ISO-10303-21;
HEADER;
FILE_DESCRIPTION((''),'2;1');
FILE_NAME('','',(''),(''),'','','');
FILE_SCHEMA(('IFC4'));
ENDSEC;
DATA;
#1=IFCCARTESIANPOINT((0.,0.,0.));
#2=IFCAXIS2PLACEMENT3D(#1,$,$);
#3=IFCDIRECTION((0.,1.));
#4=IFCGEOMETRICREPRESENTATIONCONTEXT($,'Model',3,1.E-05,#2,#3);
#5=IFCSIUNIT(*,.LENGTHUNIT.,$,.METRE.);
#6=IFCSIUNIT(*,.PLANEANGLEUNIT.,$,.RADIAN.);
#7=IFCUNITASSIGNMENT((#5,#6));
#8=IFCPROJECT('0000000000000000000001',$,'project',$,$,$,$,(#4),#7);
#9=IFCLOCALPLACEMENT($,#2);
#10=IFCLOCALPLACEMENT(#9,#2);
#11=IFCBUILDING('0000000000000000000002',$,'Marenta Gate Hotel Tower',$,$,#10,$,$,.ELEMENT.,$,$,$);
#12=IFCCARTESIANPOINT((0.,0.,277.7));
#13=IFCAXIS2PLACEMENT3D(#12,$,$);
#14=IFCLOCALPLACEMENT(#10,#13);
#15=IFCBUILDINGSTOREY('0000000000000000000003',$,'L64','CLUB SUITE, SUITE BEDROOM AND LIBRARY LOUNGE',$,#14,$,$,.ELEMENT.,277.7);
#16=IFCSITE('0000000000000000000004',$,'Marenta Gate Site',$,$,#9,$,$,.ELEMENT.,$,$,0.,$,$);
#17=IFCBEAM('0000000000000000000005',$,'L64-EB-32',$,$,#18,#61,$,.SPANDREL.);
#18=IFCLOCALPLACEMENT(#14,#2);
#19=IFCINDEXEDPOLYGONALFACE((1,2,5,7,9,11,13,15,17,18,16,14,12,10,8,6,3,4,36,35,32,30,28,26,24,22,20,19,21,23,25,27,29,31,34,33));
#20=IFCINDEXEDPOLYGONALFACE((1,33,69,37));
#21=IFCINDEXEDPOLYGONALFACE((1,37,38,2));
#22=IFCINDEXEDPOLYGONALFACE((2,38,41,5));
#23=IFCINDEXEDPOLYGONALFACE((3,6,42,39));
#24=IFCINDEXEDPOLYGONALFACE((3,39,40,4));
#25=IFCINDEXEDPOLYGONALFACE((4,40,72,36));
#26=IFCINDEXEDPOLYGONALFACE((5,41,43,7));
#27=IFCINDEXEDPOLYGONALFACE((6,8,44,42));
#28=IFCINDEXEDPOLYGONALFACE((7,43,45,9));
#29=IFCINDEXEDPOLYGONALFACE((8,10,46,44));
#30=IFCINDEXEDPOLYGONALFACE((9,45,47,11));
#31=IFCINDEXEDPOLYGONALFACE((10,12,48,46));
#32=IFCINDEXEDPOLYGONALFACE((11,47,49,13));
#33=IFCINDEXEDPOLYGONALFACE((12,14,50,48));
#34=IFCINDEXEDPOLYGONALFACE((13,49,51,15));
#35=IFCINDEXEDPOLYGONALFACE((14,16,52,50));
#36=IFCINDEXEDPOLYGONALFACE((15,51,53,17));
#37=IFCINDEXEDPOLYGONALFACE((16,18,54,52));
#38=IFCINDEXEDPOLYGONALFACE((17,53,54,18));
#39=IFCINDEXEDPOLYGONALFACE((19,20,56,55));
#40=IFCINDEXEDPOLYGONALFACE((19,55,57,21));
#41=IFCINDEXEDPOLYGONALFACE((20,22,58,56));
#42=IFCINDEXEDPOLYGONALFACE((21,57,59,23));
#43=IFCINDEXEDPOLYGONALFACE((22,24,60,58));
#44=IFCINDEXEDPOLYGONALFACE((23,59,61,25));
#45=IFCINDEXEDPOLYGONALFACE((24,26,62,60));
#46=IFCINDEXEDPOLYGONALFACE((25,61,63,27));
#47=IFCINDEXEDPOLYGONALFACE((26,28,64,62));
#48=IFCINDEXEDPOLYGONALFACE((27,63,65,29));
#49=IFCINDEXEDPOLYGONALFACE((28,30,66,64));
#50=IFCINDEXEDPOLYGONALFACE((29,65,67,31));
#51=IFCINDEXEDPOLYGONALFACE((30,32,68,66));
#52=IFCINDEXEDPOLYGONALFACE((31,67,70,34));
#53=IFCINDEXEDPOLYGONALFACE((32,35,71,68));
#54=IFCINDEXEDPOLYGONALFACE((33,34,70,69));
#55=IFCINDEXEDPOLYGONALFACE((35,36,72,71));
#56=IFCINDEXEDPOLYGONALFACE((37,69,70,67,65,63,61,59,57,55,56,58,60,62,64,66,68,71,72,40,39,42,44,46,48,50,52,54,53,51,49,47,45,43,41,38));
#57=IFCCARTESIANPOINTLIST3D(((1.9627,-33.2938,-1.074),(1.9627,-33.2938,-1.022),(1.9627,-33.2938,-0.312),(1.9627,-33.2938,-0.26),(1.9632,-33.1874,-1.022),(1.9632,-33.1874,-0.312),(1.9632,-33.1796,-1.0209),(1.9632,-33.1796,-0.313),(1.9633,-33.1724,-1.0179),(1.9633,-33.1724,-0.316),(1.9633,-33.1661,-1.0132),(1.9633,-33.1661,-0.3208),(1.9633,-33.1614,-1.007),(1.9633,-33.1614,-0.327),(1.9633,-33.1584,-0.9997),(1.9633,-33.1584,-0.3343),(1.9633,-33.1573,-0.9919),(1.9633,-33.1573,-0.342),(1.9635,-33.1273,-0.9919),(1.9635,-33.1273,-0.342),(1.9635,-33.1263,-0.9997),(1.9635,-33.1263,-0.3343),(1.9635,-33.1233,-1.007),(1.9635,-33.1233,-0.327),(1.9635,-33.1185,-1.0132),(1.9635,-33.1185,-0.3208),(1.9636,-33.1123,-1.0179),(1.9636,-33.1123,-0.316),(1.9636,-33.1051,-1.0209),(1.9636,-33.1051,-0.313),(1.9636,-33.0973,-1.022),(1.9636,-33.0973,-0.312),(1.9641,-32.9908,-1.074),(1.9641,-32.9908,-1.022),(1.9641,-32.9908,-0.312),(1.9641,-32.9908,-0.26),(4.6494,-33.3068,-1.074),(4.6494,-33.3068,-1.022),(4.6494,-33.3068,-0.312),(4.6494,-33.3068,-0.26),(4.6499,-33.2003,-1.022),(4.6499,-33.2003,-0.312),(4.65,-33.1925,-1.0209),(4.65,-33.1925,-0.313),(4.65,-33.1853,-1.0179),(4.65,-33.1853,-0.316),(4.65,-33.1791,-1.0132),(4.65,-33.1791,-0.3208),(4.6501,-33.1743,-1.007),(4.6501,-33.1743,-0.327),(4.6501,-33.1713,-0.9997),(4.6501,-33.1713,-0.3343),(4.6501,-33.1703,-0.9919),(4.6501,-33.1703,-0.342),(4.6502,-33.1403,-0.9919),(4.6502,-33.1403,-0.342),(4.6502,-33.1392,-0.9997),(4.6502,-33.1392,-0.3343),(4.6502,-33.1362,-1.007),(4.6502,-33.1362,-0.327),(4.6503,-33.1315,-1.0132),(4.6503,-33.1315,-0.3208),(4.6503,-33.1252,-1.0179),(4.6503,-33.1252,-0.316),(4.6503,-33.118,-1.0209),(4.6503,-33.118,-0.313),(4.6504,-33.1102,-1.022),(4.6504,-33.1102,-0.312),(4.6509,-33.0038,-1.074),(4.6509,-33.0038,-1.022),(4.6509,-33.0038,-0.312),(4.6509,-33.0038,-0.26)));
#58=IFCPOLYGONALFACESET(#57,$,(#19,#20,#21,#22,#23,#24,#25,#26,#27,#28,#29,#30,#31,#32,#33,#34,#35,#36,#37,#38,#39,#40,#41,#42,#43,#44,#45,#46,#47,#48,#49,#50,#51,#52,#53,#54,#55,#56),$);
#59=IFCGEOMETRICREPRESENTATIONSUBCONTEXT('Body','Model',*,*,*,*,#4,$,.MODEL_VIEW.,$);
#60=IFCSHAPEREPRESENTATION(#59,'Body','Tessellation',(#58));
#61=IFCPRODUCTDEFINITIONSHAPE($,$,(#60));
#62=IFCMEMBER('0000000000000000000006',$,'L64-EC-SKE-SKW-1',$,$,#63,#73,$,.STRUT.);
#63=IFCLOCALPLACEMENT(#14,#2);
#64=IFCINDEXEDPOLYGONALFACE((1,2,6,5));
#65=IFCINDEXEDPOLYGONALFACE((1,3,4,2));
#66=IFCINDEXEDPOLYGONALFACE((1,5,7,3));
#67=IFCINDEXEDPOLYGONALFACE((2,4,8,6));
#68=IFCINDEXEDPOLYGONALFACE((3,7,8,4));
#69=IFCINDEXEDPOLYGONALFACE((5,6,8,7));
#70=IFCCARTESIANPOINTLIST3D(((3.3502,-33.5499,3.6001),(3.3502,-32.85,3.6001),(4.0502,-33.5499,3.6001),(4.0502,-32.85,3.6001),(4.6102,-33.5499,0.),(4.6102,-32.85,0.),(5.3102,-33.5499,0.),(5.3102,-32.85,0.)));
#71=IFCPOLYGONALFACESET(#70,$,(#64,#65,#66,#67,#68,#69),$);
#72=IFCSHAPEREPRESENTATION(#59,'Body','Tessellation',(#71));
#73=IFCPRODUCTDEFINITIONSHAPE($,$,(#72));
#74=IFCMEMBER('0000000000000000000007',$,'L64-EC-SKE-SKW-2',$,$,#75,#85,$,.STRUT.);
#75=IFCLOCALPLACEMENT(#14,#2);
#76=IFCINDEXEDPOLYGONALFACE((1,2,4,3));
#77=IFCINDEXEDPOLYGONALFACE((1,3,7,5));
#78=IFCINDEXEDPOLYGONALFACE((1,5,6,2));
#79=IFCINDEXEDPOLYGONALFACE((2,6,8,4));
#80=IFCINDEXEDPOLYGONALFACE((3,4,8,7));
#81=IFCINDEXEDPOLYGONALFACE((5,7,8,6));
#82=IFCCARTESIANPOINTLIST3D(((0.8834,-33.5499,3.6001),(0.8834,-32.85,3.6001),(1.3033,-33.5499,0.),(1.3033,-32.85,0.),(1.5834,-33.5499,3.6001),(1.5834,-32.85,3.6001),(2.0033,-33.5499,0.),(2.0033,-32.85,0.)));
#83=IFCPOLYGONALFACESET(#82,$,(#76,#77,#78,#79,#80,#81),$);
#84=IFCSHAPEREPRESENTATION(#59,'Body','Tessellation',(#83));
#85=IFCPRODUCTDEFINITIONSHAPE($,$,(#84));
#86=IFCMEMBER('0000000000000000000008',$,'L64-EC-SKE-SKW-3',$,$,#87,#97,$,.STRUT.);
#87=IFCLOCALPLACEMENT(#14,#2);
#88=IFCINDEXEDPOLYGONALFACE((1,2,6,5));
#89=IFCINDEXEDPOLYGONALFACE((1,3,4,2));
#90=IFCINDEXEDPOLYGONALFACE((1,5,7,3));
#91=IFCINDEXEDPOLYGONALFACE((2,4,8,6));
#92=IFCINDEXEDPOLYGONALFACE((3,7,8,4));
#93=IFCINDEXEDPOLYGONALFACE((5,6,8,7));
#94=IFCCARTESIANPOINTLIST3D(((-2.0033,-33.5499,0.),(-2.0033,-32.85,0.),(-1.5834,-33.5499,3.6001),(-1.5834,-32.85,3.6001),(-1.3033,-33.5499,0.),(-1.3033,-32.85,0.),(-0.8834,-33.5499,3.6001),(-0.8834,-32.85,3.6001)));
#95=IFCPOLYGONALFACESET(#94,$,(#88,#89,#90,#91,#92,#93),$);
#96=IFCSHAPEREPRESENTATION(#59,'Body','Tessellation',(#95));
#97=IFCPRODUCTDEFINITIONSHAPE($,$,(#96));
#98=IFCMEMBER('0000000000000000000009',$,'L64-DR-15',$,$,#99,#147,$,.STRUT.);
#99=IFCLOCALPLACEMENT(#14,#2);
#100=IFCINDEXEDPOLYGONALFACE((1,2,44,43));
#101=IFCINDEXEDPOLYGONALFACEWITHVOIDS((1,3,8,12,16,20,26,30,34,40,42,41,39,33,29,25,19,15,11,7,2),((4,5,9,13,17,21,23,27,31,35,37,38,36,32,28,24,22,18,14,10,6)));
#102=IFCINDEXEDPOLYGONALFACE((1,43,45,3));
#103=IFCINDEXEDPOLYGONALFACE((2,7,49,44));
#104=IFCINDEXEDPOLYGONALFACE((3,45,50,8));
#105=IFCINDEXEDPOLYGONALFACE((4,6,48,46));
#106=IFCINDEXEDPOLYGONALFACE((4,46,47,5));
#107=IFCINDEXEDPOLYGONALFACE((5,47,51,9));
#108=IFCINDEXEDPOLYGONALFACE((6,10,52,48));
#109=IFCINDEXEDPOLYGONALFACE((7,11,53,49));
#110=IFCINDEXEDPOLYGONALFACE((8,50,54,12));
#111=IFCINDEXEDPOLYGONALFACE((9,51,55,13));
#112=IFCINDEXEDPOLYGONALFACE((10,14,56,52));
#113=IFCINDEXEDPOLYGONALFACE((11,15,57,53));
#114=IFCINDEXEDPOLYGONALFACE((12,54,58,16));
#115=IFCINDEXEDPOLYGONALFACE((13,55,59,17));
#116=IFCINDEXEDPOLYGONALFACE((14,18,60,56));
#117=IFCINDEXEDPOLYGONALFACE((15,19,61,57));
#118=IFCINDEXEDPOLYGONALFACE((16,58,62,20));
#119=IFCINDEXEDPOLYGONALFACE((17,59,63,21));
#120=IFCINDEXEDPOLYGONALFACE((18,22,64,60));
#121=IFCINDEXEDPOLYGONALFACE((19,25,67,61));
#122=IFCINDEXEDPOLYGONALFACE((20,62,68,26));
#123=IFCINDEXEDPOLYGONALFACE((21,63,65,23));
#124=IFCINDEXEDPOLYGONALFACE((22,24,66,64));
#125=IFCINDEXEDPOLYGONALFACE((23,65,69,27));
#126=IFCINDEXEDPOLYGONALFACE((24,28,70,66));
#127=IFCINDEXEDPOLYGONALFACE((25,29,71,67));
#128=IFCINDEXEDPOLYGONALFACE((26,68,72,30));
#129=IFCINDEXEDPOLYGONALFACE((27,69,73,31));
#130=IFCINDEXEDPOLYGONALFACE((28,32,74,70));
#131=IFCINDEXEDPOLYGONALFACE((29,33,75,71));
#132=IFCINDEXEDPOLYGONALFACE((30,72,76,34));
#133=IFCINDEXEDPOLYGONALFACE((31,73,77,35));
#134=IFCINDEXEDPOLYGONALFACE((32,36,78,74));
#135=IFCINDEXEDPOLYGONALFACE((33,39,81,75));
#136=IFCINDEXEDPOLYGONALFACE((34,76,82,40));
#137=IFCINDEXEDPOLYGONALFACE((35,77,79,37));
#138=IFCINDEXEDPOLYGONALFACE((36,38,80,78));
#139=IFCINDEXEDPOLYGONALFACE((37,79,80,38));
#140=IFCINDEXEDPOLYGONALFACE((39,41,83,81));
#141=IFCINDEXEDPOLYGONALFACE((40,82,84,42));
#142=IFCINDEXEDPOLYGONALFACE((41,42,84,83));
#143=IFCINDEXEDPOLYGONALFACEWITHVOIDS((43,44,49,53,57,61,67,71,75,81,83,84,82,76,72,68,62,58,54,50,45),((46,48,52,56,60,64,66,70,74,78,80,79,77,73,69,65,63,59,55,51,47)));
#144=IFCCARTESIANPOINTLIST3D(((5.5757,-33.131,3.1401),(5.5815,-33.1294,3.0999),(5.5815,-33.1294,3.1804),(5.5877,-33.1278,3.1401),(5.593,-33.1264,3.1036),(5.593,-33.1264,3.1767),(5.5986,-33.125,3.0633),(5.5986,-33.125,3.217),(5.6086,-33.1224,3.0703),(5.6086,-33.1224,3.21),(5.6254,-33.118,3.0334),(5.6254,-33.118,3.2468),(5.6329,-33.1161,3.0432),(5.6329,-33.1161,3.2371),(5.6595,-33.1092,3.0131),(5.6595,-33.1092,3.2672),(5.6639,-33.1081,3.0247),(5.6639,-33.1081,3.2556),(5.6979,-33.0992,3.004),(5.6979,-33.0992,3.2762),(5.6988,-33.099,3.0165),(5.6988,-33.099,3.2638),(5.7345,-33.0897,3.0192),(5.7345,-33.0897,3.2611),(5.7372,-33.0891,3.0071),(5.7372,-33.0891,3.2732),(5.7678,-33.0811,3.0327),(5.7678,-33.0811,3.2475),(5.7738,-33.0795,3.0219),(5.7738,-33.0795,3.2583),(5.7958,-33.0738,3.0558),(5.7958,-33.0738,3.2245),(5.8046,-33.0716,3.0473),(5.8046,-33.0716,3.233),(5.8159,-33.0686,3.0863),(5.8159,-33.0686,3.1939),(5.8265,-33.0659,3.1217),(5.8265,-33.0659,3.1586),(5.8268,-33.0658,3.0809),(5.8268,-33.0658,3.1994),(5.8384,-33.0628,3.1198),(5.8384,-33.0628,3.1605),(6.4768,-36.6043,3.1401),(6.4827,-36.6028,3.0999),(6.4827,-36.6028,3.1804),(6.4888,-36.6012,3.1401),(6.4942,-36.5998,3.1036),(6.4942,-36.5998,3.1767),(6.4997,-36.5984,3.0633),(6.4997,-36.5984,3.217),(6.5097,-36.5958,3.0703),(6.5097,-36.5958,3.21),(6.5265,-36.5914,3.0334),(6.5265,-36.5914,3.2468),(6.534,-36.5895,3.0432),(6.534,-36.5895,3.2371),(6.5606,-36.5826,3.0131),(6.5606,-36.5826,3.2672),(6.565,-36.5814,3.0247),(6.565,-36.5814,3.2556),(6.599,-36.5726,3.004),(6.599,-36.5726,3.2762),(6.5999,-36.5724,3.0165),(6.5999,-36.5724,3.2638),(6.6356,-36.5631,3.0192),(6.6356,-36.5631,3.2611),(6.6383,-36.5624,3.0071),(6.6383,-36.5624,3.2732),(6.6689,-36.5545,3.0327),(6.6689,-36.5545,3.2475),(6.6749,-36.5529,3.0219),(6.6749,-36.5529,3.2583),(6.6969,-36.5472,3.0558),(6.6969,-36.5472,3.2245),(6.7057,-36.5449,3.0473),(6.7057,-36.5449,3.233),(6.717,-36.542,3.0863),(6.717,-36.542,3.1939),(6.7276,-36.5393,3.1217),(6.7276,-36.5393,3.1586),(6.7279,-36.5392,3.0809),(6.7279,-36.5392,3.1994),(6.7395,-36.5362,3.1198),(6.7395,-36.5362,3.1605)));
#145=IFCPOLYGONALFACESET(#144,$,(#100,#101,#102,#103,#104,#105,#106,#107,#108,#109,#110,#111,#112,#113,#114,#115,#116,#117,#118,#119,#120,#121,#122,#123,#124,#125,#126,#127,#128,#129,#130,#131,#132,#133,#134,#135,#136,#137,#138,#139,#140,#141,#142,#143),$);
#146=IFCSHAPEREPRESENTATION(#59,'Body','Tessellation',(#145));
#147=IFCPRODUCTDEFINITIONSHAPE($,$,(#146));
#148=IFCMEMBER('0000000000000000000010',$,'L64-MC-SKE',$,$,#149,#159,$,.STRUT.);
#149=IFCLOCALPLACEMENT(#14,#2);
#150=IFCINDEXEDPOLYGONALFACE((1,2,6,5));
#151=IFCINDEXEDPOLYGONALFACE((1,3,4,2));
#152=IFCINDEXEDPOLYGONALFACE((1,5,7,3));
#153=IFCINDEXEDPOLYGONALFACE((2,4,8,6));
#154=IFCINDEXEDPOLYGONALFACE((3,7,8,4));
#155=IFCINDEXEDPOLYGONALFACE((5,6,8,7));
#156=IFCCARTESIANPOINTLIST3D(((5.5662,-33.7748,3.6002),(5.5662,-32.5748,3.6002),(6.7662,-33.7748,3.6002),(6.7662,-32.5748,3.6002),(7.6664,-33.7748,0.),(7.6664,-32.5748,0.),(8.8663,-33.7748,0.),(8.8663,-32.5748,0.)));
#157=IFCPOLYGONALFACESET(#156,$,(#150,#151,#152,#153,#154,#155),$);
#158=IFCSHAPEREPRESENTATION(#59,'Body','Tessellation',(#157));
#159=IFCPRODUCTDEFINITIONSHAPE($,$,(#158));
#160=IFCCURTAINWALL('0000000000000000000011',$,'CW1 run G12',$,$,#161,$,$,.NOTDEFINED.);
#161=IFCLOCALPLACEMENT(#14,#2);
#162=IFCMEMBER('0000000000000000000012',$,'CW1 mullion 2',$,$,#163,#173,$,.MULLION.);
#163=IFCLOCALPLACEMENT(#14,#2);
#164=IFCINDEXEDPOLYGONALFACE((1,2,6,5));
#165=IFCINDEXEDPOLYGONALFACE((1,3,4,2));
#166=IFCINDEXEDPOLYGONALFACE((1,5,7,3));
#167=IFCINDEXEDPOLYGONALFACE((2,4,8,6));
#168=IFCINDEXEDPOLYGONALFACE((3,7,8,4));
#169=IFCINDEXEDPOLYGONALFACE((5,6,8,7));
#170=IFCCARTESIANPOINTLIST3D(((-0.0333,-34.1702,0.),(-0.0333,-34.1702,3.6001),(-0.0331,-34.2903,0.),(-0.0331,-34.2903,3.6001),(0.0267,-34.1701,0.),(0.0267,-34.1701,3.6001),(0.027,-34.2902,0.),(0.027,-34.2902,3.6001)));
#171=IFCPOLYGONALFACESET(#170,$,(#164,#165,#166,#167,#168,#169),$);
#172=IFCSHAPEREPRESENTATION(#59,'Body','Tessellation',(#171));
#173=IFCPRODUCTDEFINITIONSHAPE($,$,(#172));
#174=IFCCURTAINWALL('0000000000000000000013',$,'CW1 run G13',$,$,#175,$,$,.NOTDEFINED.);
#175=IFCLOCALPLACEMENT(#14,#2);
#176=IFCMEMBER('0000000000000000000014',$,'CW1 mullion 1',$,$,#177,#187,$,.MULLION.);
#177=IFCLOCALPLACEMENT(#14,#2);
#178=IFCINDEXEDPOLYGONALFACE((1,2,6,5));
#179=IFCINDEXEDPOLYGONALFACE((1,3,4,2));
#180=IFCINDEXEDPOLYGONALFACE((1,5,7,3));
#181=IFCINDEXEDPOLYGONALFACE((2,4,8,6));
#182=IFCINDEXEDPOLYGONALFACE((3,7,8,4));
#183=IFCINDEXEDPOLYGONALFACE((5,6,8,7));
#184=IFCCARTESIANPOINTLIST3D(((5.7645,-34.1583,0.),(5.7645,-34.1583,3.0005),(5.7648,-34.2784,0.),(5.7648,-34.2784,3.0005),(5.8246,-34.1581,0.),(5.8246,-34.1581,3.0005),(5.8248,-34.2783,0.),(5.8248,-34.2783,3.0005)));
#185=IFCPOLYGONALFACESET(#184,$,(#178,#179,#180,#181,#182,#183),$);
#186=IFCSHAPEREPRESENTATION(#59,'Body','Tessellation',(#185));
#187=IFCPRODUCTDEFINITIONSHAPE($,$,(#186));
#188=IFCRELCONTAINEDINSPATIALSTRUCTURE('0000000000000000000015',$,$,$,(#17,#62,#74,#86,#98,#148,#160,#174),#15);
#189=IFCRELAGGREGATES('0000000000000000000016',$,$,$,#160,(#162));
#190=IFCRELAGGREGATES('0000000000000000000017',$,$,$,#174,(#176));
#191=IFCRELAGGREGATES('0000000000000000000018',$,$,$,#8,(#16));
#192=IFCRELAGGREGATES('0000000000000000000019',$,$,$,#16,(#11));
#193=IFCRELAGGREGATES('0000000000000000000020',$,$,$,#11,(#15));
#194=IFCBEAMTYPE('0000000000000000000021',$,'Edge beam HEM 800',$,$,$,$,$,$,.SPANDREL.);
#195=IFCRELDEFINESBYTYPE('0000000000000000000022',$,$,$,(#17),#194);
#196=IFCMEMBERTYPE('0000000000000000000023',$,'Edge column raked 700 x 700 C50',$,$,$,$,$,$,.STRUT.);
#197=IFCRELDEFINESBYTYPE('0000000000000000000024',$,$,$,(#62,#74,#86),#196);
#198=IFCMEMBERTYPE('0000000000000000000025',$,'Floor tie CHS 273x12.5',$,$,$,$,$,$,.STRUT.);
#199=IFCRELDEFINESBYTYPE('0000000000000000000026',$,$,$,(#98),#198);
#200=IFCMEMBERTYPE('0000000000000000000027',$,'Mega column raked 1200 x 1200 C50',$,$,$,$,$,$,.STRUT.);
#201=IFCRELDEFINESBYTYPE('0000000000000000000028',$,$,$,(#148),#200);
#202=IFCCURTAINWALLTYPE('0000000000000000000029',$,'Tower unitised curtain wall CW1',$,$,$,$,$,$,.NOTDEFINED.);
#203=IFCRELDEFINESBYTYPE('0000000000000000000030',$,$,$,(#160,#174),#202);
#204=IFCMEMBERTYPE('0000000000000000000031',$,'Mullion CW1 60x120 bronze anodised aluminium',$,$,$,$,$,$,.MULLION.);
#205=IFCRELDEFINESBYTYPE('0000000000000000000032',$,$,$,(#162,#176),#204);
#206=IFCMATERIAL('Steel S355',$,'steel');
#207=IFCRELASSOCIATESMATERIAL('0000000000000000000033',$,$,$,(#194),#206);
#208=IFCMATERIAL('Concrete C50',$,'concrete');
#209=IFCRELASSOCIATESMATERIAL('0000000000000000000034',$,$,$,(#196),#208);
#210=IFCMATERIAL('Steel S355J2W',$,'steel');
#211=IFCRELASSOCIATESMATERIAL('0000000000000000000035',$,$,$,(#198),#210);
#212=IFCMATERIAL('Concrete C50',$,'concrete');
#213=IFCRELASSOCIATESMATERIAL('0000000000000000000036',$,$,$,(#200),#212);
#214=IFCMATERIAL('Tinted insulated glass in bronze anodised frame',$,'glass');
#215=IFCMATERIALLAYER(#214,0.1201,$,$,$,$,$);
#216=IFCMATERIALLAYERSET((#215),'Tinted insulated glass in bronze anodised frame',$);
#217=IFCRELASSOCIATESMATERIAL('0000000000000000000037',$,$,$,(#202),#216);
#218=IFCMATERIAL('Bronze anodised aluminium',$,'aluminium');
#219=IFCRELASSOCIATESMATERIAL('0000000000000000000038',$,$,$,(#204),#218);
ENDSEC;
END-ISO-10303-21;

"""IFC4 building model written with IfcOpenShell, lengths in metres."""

from ifc_helpers import new_model, si_unit, direction, frame, origin, origin_2d, place, context, subcontext, project, spatial, rectangle, hollow_circle, i_section, extrude, material, layer, layer_set, material_profile, profile_set, type_object, element, aggregate, save


model = new_model("IFC4")

# Units and contexts
model_context = context("Model", 3, precision=1e-05, world=origin(), true_north=direction((0.0, 1.0)))
body_context = subcontext(model_context, "Body", "Model", "MODEL_VIEW")
ifc_project = project(units=[si_unit("LENGTHUNIT", "METRE"), si_unit("PLANEANGLEUNIT", "RADIAN")], contexts=[model_context])

# Site, building, storey
site_placement = place(None, origin())
site = spatial("IfcSite", under=ifc_project, at=site_placement, Name="Marenta Gate Site", CompositionType="ELEMENT", RefElevation=0.0)
building_placement = place(site_placement, origin())
building = spatial("IfcBuilding", under=site, at=building_placement, Name="Marenta Gate Hotel Tower", CompositionType="ELEMENT")
storey_placement = place(building_placement, frame((0.0, 0.0, 277.7)))
storey = spatial("IfcBuildingStorey", under=building, at=storey_placement, Name="L64", Description="CLUB SUITE, SUITE BEDROOM AND LIBRARY LOUNGE", CompositionType="ELEMENT", Elevation=277.7)

# Beam
ifc_material_1 = material(Name="Steel S355", Category="steel")
ifc_material_profile_1 = material_profile(ifc_material_1, i_section(OverallWidth=0.303, OverallDepth=0.814, WebThickness=0.03, FlangeThickness=0.052, FilletRadius=0.03, at=origin_2d()), Name="HEM 800")
ifc_profile_set_1 = profile_set([ifc_material_profile_1], Name="Steel S355")
beam_type = type_object("IfcBeamType", Name="Edge beam HEM 800", PredefinedType="SPANDREL", material=ifc_profile_set_1)
beam_1_placement = place(storey_placement, frame((4.6501, -33.1553, -0.667), z_axis=(-0.999988, 0.004816, 0.0), x_axis=(-0.004816, -0.999988, 0.0)))
element("IfcBeam", 1, at=beam_1_placement, inside=storey, type_object=beam_type, Name="L64-EB-32", PredefinedType="SPANDREL", context=body_context, shape_type="SweptSolid", body=[
    extrude(i_section(OverallWidth=0.303, OverallDepth=0.814, WebThickness=0.03, FlangeThickness=0.052, FilletRadius=0.03, at=origin_2d()), origin(), (0.0, 0.0, 1.0), 2.6868),
])

# Members
ifc_material_2 = material(Name="Concrete C50", Category="concrete")
ifc_material_profile_2 = material_profile(ifc_material_2, rectangle(XDim=0.7, YDim=0.7, at=origin_2d()), Name="700 x 700")
ifc_profile_set_2 = profile_set([ifc_material_profile_2], Name="Concrete C50")
member_type_1 = type_object("IfcMemberType", Name="Edge column raked 700 x 700 C50", PredefinedType="STRUT", material=ifc_profile_set_2)
member_1_placement = place(storey_placement, frame((4.9602, -33.2, 0.0), z_axis=(0.0, 0.0, 1.0), x_axis=(1.0, 0.0, 0.0)))
element("IfcMember", 2, at=member_1_placement, inside=storey, type_object=member_type_1, Name="L64-EC-SKE-SKW-1", PredefinedType="STRUT", context=body_context, shape_type="SweptSolid", body=[
    extrude(rectangle(XDim=0.7, YDim=0.7, at=origin_2d()), origin(), (-0.330345, 0.0, 0.94386), 3.8142),
])
member_2_placement = place(storey_placement, frame((1.6533, -33.2, 0.0), z_axis=(0.0, 0.0, 1.0), x_axis=(1.0, 0.0, 0.0)))
element("IfcMember", 3, at=member_2_placement, inside=storey, type_object=member_type_1, Name="L64-EC-SKE-SKW-2", PredefinedType="STRUT", context=body_context, shape_type="SweptSolid", body=[
    extrude(rectangle(XDim=0.7, YDim=0.7, at=origin_2d()), origin(), (-0.115856, 0.0, 0.993266), 3.6245),
])
member_3_placement = place(storey_placement, frame((-1.6533, -33.2, 0.0), z_axis=(0.0, 0.0, 1.0), x_axis=(1.0, 0.0, 0.0)))
element("IfcMember", 4, at=member_3_placement, inside=storey, type_object=member_type_1, Name="L64-EC-SKE-SKW-3", PredefinedType="STRUT", context=body_context, shape_type="SweptSolid", body=[
    extrude(rectangle(XDim=0.7, YDim=0.7, at=origin_2d()), origin(), (0.115856, 0.0, 0.993266), 3.6245),
])
ifc_material_3 = material(Name="Steel S355J2W", Category="steel")
ifc_material_profile_3 = material_profile(ifc_material_3, hollow_circle(Radius=0.1365, WallThickness=0.0125, at=origin_2d()), Name="CHS 273x12.5")
ifc_profile_set_3 = profile_set([ifc_material_profile_3], Name="Steel S355J2W")
member_type_2 = type_object("IfcMemberType", Name="Floor tie CHS 273x12.5", PredefinedType="STRUT", material=ifc_profile_set_3)
member_4_placement = place(storey_placement, frame((6.6089, -36.5701, 3.1401), z_axis=(-0.251123, 0.967955, 0.0), x_axis=(-0.967955, -0.251123, 0.0)))
element("IfcMember", 5, at=member_4_placement, inside=storey, type_object=member_type_2, Name="L64-DR-15", PredefinedType="STRUT", context=body_context, shape_type="SweptSolid", body=[
    extrude(hollow_circle(Radius=0.1365, WallThickness=0.0125, at=origin_2d()), origin(), (0.0, 0.0, 1.0), 3.5884),
])
ifc_material_4 = material(Name="Concrete C50", Category="concrete")
ifc_material_profile_4 = material_profile(ifc_material_4, rectangle(XDim=1.2, YDim=1.2, at=origin_2d()), Name="1200 x 1200")
ifc_profile_set_4 = profile_set([ifc_material_profile_4], Name="Concrete C50")
member_type_3 = type_object("IfcMemberType", Name="Mega column raked 1200 x 1200 C50", PredefinedType="STRUT", material=ifc_profile_set_4)
member_5_placement = place(storey_placement, frame((8.2664, -33.1748, 0.0), z_axis=(0.0, 0.0, 1.0), x_axis=(1.0, 0.0, 0.0)))
element("IfcMember", 6, at=member_5_placement, inside=storey, type_object=member_type_3, Name="L64-MC-SKE", PredefinedType="STRUT", context=body_context, shape_type="SweptSolid", body=[
    extrude(rectangle(XDim=1.2, YDim=1.2, at=origin_2d()), origin(), (-0.503878, 0.0, 0.863775), 4.168),
])

# Curtain walls, members
ifc_material_5 = material(Name="Tinted insulated glass in bronze anodised frame", Category="glass")
ifc_layer_1 = layer(ifc_material_5, 0.1201)
ifc_layer_set_1 = layer_set([ifc_layer_1], Name="Tinted insulated glass in bronze anodised frame")
curtain_wall_type = type_object("IfcCurtainWallType", Name="Tower unitised curtain wall CW1", PredefinedType="NOTDEFINED", material=ifc_layer_set_1)
curtain_wall_1_placement = place(storey_placement, origin())
curtain_wall_1 = element("IfcCurtainWall", 7, at=curtain_wall_1_placement, inside=storey, type_object=curtain_wall_type, Name="CW1 run G12", PredefinedType="NOTDEFINED")
ifc_material_6 = material(Name="Bronze anodised aluminium", Category="aluminium")
ifc_material_profile_5 = material_profile(ifc_material_6, rectangle(XDim=0.1201, YDim=0.0601, at=origin_2d()), Name="Mullion CW1 60x120 bronze anodised aluminium")
ifc_profile_set_5 = profile_set([ifc_material_profile_5], Name="Bronze anodised aluminium")
member_type_4 = type_object("IfcMemberType", Name="Mullion CW1 60x120 bronze anodised aluminium", PredefinedType="MULLION", material=ifc_profile_set_5)
member_6_placement = place(storey_placement, frame((-0.0032, -34.2302, 0.0), z_axis=(0.0, 0.0, 1.0), x_axis=(-0.002063, 0.999998, 0.0)))
member_6 = element("IfcMember", 8, at=member_6_placement, type_object=member_type_4, Name="CW1 mullion 2", PredefinedType="MULLION", context=body_context, shape_type="SweptSolid", body=[
    extrude(rectangle(XDim=0.1201, YDim=0.0601, at=origin_2d()), origin(), (0.0, 0.0, 1.0), 3.6001),
])
curtain_wall_2_placement = place(storey_placement, origin())
curtain_wall_2 = element("IfcCurtainWall", 9, at=curtain_wall_2_placement, inside=storey, type_object=curtain_wall_type, Name="CW1 run G13", PredefinedType="NOTDEFINED")
member_7_placement = place(storey_placement, frame((5.7947, -34.2183, 0.0), z_axis=(0.0, 0.0, 1.0), x_axis=(-0.002138, 0.999998, 0.0)))
member_7 = element("IfcMember", 10, at=member_7_placement, type_object=member_type_4, Name="CW1 mullion 1", PredefinedType="MULLION", context=body_context, shape_type="SweptSolid", body=[
    extrude(rectangle(XDim=0.1201, YDim=0.0601, at=origin_2d()), origin(), (0.0, 0.0, 1.0), 3.0005),
])

aggregate(curtain_wall_1, [member_6])
aggregate(curtain_wall_2, [member_7])

save(model, "model.ifc")
